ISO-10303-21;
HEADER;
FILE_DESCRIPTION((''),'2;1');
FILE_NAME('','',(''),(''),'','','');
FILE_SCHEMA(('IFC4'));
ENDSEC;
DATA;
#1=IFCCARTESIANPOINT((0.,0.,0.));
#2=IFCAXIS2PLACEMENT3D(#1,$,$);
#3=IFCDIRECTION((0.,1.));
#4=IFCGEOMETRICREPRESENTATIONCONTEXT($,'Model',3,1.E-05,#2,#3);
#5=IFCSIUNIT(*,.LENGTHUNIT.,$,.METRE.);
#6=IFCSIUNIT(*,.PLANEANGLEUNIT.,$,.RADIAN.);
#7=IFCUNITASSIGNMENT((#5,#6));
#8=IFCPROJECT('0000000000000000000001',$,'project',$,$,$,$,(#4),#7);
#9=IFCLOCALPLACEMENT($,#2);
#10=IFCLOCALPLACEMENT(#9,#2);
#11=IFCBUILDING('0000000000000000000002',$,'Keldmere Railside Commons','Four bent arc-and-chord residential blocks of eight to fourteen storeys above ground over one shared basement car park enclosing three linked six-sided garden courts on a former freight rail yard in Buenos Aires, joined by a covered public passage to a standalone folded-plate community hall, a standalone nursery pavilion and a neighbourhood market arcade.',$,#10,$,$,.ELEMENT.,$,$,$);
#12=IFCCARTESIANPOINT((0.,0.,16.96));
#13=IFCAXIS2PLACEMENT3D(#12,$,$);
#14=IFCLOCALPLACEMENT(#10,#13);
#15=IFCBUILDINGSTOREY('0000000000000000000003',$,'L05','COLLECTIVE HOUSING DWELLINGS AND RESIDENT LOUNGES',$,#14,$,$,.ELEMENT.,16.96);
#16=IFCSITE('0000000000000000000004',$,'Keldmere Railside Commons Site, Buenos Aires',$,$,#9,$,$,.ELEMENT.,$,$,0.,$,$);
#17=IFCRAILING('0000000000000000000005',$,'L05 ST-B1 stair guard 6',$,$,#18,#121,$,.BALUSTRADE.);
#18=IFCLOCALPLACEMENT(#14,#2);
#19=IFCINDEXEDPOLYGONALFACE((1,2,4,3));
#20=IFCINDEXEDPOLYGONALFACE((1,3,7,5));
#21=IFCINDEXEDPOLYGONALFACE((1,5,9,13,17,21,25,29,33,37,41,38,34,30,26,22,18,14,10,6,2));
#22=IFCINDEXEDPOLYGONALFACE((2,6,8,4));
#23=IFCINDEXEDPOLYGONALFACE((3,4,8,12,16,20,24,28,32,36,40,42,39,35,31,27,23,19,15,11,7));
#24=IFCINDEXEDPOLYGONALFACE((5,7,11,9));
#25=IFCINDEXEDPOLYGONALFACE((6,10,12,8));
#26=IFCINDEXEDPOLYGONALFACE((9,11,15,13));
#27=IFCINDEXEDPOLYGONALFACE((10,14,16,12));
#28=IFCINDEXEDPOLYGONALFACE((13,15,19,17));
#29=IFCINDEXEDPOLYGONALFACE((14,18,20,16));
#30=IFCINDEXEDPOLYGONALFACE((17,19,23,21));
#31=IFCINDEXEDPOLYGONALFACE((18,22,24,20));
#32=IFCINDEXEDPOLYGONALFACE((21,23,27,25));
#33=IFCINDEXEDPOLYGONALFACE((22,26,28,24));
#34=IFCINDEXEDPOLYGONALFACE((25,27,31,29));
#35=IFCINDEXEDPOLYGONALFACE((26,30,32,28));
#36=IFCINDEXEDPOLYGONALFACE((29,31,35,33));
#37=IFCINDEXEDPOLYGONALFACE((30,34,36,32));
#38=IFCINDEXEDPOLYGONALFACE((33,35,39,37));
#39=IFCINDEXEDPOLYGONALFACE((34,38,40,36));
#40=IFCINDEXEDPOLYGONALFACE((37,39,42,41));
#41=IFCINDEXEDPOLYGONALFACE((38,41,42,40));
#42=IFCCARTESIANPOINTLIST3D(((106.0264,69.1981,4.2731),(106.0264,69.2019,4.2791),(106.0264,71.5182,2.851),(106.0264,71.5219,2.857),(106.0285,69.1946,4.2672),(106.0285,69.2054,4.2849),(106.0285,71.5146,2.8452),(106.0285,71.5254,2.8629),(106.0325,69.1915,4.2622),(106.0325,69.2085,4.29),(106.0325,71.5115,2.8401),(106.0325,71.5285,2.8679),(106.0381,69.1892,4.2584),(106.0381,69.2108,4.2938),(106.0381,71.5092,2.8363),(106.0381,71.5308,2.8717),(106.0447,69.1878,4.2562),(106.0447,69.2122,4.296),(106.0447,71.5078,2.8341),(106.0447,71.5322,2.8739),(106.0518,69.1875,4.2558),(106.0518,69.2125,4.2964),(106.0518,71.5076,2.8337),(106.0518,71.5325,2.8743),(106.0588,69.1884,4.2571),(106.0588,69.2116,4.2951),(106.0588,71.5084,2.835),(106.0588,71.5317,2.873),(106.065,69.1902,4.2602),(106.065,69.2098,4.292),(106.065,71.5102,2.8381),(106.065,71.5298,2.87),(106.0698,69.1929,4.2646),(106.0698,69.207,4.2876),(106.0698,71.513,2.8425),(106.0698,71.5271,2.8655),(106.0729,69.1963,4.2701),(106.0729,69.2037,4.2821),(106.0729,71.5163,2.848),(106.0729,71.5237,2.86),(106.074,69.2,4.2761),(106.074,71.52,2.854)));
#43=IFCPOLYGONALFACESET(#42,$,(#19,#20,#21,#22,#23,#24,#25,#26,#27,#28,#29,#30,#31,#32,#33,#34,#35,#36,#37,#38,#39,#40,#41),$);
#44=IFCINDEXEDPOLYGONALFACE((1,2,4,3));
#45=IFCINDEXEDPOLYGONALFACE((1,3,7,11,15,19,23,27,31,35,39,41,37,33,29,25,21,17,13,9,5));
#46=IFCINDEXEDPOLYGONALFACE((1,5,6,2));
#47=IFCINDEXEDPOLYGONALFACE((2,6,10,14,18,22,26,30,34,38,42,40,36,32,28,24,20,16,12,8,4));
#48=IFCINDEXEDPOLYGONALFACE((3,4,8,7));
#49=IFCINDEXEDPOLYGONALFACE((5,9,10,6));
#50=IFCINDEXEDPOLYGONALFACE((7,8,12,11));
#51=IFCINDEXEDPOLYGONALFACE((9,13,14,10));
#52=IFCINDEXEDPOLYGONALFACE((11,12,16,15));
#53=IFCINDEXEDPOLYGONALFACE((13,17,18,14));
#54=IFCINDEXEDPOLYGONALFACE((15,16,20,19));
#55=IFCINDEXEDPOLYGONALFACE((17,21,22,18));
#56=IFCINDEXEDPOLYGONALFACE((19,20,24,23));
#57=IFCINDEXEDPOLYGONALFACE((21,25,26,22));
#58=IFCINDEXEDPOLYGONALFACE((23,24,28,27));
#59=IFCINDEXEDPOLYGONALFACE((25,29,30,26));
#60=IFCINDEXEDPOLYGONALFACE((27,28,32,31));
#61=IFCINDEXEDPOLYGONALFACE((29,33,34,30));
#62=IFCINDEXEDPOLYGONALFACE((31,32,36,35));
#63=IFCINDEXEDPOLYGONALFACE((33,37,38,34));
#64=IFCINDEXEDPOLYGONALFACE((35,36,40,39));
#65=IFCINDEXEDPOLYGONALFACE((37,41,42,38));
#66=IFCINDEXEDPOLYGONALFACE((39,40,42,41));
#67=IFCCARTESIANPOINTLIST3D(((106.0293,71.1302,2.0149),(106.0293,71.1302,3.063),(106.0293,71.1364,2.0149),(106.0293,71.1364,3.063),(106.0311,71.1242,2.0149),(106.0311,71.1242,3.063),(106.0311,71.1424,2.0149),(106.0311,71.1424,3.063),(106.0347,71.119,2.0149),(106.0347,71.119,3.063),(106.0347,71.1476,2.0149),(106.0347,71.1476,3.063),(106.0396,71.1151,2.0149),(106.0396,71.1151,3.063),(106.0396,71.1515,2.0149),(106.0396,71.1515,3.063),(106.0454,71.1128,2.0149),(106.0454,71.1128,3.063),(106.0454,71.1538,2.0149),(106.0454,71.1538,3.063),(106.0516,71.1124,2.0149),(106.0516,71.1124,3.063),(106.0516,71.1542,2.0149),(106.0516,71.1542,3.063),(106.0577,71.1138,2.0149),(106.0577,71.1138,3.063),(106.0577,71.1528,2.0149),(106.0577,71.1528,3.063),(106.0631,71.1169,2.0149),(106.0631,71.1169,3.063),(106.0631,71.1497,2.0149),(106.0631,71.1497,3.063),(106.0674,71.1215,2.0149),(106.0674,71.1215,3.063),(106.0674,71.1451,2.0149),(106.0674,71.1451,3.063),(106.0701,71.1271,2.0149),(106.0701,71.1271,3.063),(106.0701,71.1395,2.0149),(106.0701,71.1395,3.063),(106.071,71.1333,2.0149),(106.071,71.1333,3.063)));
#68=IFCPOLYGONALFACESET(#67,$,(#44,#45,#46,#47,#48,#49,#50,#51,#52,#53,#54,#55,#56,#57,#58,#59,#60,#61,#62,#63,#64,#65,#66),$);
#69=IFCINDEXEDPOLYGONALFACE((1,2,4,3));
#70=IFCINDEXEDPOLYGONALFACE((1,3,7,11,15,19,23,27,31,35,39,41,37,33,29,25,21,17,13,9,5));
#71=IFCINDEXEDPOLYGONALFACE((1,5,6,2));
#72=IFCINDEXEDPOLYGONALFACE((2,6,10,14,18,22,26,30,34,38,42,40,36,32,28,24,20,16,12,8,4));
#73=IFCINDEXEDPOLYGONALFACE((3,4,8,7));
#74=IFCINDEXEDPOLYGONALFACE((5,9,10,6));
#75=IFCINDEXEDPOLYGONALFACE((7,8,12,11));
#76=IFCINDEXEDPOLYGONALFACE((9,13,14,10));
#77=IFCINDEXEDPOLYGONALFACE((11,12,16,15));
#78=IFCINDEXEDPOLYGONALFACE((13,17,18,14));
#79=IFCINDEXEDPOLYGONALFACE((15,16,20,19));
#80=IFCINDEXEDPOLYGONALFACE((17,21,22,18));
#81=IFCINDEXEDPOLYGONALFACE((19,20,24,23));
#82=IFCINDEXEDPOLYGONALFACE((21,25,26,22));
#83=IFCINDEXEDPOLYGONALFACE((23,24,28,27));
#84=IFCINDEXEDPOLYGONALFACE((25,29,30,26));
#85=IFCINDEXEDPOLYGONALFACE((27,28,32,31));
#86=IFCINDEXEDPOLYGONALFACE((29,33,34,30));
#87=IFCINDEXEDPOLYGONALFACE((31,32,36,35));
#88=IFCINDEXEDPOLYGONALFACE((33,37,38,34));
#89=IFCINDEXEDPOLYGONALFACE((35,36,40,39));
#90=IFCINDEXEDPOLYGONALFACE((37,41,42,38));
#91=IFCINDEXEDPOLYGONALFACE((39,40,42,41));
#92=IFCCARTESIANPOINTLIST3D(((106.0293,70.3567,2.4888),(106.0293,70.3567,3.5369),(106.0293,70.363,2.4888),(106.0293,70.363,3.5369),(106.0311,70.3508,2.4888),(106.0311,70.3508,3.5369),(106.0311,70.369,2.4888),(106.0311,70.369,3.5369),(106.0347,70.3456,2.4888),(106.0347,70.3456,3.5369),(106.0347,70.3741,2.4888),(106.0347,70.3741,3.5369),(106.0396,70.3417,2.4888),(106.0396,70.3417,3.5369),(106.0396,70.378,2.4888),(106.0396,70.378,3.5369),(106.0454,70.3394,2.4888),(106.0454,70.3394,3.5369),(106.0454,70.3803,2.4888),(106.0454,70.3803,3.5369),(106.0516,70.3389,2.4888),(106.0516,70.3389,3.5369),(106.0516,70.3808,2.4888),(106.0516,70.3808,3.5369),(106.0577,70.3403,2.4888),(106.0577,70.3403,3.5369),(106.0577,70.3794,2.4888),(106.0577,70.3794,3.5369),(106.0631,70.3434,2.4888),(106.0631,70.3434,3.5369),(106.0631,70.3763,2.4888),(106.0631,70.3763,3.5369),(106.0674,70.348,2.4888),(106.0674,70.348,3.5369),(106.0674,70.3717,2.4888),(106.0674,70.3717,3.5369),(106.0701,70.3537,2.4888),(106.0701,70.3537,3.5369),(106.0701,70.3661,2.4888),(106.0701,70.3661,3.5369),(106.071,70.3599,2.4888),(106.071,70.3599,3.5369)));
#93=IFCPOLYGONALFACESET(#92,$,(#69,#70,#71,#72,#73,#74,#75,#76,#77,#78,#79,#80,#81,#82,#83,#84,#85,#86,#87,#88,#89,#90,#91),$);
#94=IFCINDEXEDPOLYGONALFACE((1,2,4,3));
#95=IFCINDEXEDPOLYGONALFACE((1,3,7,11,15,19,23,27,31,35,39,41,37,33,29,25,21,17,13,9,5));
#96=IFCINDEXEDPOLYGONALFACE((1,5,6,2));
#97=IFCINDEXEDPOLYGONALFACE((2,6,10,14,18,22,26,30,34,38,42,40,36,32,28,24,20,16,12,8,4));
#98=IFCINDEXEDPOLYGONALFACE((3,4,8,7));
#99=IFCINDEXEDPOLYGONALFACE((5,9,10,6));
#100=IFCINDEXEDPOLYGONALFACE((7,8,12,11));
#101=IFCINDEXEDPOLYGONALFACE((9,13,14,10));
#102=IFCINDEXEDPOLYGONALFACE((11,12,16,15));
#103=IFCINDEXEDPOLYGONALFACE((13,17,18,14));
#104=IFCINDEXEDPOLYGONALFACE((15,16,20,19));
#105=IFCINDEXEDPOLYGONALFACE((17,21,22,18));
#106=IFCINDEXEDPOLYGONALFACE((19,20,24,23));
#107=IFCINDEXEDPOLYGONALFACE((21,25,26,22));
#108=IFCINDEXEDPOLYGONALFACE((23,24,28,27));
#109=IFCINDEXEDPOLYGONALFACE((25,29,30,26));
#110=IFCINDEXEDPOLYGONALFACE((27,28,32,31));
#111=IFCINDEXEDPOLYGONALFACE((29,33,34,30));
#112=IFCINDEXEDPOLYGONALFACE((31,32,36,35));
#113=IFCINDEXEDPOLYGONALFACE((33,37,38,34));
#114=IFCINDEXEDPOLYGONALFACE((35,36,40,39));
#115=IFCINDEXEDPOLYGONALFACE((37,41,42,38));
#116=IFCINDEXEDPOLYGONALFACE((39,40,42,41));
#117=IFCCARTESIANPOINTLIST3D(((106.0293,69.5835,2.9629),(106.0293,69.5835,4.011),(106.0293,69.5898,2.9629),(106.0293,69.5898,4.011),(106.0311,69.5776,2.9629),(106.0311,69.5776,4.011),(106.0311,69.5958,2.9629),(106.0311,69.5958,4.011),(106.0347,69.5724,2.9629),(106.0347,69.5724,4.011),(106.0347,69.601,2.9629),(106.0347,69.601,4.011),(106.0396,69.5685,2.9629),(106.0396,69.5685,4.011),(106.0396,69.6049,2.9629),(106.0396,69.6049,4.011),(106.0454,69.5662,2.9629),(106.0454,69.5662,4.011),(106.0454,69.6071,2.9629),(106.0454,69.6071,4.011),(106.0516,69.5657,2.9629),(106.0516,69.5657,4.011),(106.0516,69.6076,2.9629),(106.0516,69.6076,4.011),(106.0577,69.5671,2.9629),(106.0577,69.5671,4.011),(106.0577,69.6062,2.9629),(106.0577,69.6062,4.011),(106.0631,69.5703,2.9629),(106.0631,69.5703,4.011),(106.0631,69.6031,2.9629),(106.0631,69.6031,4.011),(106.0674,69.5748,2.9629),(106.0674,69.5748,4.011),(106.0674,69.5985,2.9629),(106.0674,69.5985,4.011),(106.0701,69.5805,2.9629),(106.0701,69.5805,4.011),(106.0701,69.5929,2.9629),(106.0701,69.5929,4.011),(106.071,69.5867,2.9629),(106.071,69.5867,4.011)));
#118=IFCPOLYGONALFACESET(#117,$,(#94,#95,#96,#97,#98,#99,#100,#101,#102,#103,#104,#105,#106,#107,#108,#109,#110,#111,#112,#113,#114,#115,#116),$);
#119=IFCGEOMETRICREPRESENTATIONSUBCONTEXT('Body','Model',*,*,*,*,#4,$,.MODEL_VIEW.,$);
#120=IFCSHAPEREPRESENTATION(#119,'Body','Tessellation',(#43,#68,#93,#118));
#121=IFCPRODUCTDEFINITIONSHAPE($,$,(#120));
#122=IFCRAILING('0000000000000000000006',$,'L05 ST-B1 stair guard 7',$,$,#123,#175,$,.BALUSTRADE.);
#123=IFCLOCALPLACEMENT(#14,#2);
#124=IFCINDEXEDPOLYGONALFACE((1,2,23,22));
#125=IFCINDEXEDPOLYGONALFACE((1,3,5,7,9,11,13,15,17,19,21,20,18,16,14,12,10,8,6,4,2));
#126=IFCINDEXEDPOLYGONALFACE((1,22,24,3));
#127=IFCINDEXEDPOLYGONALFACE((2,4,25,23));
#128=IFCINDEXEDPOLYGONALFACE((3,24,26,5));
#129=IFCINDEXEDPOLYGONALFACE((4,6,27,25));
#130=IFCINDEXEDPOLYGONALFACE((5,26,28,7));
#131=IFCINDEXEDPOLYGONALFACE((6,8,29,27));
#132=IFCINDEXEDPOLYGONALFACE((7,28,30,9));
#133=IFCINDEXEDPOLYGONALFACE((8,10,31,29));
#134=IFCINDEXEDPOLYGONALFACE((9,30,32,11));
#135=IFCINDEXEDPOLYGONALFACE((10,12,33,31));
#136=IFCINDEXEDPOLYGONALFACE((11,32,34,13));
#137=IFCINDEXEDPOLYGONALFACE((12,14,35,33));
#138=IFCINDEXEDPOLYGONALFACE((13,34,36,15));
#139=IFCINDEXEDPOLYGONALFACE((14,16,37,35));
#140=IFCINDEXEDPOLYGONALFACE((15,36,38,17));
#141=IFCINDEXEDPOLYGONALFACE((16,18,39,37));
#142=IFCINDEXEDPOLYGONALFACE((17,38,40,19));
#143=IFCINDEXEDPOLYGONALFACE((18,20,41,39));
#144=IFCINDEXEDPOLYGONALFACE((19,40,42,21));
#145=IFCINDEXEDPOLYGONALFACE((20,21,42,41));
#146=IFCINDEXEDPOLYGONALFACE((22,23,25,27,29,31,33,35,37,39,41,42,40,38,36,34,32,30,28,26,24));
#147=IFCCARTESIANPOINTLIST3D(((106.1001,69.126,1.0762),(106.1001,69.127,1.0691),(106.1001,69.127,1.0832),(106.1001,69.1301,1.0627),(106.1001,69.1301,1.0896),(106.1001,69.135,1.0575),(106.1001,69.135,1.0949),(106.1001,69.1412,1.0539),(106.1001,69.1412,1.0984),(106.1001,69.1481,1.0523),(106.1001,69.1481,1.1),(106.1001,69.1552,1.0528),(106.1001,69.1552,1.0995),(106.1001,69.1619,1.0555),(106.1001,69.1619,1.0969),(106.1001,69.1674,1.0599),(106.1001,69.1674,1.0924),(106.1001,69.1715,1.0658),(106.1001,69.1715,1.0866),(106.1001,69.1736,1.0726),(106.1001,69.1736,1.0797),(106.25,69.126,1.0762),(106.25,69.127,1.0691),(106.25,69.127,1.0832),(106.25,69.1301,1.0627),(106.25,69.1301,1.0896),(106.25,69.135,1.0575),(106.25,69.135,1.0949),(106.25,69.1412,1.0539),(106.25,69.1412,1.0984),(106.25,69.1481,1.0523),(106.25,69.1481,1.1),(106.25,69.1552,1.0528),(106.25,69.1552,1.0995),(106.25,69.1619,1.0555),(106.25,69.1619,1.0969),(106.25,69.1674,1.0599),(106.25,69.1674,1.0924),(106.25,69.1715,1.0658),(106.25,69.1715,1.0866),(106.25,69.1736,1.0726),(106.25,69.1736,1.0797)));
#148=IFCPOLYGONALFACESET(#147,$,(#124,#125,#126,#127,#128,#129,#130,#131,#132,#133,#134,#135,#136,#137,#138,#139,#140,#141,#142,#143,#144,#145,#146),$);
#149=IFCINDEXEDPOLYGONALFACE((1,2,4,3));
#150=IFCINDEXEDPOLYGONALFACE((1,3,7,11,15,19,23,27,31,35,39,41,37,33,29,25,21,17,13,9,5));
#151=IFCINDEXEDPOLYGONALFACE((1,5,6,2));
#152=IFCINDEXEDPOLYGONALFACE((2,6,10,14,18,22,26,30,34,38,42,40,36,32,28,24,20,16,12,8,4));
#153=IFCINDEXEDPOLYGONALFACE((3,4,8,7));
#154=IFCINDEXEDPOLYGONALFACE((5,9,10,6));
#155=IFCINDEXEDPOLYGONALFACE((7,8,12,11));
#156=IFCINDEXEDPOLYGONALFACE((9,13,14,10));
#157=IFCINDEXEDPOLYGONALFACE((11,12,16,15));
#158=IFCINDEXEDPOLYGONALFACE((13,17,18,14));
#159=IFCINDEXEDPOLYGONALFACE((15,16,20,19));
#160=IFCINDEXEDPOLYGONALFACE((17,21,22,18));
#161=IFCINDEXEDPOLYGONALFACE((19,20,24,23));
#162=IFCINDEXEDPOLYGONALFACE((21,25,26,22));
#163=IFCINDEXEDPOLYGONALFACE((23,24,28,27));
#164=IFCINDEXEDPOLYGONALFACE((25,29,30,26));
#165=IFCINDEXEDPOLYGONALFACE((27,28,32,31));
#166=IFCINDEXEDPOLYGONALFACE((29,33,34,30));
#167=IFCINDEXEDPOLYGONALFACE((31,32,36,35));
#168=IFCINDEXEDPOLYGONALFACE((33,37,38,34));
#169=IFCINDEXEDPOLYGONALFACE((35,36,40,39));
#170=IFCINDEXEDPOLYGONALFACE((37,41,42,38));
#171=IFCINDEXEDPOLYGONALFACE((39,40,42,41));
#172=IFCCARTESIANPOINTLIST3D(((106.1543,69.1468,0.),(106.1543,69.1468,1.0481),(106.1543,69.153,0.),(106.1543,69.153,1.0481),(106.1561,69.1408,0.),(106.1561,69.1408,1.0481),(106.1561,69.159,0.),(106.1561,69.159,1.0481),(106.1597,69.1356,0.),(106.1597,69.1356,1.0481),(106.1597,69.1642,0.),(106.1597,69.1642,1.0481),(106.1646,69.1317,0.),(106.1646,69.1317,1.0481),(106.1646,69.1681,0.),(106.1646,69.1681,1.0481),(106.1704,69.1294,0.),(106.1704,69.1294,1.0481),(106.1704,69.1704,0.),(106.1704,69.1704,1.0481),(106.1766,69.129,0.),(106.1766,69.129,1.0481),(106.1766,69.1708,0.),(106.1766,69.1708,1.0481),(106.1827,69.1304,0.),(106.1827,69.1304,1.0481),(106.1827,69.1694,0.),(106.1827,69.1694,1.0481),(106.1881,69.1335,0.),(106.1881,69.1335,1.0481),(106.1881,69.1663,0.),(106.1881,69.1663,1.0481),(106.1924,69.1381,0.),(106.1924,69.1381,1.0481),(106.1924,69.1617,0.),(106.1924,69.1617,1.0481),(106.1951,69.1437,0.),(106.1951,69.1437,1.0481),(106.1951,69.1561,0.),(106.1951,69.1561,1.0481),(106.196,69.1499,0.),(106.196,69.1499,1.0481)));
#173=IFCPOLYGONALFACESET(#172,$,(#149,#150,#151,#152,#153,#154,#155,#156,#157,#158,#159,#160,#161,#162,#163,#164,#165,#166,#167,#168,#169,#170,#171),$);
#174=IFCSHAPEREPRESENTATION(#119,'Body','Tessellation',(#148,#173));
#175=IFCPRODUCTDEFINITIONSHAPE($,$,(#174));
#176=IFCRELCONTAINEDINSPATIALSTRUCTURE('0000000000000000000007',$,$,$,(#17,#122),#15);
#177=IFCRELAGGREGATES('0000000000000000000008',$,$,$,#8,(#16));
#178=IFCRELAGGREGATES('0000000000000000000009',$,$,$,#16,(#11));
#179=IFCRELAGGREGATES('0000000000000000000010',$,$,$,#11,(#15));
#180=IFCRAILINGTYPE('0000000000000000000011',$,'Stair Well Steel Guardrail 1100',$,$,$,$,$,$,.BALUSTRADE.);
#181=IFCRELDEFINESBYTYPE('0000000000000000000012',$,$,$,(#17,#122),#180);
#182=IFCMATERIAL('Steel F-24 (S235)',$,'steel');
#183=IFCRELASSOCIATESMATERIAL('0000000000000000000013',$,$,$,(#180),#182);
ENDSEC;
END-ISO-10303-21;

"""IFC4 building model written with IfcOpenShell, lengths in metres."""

from ifc_helpers import new_model, si_unit, direction, frame, origin, origin_2d, place, context, subcontext, project, spatial, circle, extrude, material, type_object, element, save


model = new_model("IFC4")

# Units and contexts
model_context = context("Model", 3, precision=1e-05, world=origin(), true_north=direction((0.0, 1.0)))
body_context = subcontext(model_context, "Body", "Model", "MODEL_VIEW")
ifc_project = project(units=[si_unit("LENGTHUNIT", "METRE"), si_unit("PLANEANGLEUNIT", "RADIAN")], contexts=[model_context])

# Site, building, storey
site_placement = place(None, origin())
site = spatial("IfcSite", under=ifc_project, at=site_placement, Name="Keldmere Railside Commons Site, Buenos Aires", CompositionType="ELEMENT", RefElevation=0.0)
building_placement = place(site_placement, origin())
building = spatial("IfcBuilding", under=site, at=building_placement, Name="Keldmere Railside Commons", Description="Four bent arc-and-chord residential blocks of eight to fourteen storeys above ground over one shared basement car park enclosing three linked six-sided garden courts on a former freight rail yard in Buenos Aires, joined by a covered public passage to a standalone folded-plate community hall, a standalone nursery pavilion and a neighbourhood market arcade.", CompositionType="ELEMENT")
storey_placement = place(building_placement, frame((0.0, 0.0, 16.96)))
storey = spatial("IfcBuildingStorey", under=building, at=storey_placement, Name="L05", Description="COLLECTIVE HOUSING DWELLINGS AND RESIDENT LOUNGES", CompositionType="ELEMENT", Elevation=16.96)

# Shared definitions
ifc_material_1 = material(Name="Steel F-24 (S235)", Category="steel")

# Railings
railing_type_1 = type_object("IfcRailingType", Name="Stair Well Steel Guardrail 1100", PredefinedType="BALUSTRADE", material=ifc_material_1)
railing_1_placement = place(storey_placement, frame((106.05, 71.52, 1.7778)))
element("IfcRailing", 1, at=railing_1_placement, inside=storey, type_object=railing_type_1, Name="L05 ST-B1 stair guard 6", PredefinedType="BALUSTRADE", context=body_context, shape_type="SweptSolid", body=[
    extrude(circle(Radius=0.0239, at=origin_2d()), frame((0.0, 0.0, 1.0762), z_axis=(0.0, -0.852578, 0.5226), x_axis=(1.0, 0.0, 0.0)), (0.0, 0.0, 1.0), 2.7212),
    extrude(circle(Radius=0.021, at=origin_2d()), frame((0.0, -0.3867, 0.2371)), (0.0, 0.0, 1.0), 1.0481),
    extrude(circle(Radius=0.021, at=origin_2d()), frame((0.0, -1.1602, 0.7109)), (0.0, 0.0, 1.0), 1.0481),
    extrude(circle(Radius=0.021, at=origin_2d()), frame((0.0, -1.9333, 1.1851)), (0.0, 0.0, 1.0), 1.0481),
])
railing_2_placement = place(storey_placement, frame((106.25, 69.1499, 0.0)))
element("IfcRailing", 2, at=railing_2_placement, inside=storey, type_object=railing_type_1, Name="L05 ST-B1 stair guard 7", PredefinedType="BALUSTRADE", context=body_context, shape_type="SweptSolid", body=[
    extrude(circle(Radius=0.0239, at=origin_2d()), frame((0.0, 0.0, 1.0762), z_axis=(-1.0, 0.0, 0.0), x_axis=(0.0, -1.0, 0.0)), (0.0, 0.0, 1.0), 0.1499),
    extrude(circle(Radius=0.021, at=origin_2d()), frame((-0.075, 0.0, 0.0)), (0.0, 0.0, 1.0), 1.0481),
])

save(model, "model.ifc")
